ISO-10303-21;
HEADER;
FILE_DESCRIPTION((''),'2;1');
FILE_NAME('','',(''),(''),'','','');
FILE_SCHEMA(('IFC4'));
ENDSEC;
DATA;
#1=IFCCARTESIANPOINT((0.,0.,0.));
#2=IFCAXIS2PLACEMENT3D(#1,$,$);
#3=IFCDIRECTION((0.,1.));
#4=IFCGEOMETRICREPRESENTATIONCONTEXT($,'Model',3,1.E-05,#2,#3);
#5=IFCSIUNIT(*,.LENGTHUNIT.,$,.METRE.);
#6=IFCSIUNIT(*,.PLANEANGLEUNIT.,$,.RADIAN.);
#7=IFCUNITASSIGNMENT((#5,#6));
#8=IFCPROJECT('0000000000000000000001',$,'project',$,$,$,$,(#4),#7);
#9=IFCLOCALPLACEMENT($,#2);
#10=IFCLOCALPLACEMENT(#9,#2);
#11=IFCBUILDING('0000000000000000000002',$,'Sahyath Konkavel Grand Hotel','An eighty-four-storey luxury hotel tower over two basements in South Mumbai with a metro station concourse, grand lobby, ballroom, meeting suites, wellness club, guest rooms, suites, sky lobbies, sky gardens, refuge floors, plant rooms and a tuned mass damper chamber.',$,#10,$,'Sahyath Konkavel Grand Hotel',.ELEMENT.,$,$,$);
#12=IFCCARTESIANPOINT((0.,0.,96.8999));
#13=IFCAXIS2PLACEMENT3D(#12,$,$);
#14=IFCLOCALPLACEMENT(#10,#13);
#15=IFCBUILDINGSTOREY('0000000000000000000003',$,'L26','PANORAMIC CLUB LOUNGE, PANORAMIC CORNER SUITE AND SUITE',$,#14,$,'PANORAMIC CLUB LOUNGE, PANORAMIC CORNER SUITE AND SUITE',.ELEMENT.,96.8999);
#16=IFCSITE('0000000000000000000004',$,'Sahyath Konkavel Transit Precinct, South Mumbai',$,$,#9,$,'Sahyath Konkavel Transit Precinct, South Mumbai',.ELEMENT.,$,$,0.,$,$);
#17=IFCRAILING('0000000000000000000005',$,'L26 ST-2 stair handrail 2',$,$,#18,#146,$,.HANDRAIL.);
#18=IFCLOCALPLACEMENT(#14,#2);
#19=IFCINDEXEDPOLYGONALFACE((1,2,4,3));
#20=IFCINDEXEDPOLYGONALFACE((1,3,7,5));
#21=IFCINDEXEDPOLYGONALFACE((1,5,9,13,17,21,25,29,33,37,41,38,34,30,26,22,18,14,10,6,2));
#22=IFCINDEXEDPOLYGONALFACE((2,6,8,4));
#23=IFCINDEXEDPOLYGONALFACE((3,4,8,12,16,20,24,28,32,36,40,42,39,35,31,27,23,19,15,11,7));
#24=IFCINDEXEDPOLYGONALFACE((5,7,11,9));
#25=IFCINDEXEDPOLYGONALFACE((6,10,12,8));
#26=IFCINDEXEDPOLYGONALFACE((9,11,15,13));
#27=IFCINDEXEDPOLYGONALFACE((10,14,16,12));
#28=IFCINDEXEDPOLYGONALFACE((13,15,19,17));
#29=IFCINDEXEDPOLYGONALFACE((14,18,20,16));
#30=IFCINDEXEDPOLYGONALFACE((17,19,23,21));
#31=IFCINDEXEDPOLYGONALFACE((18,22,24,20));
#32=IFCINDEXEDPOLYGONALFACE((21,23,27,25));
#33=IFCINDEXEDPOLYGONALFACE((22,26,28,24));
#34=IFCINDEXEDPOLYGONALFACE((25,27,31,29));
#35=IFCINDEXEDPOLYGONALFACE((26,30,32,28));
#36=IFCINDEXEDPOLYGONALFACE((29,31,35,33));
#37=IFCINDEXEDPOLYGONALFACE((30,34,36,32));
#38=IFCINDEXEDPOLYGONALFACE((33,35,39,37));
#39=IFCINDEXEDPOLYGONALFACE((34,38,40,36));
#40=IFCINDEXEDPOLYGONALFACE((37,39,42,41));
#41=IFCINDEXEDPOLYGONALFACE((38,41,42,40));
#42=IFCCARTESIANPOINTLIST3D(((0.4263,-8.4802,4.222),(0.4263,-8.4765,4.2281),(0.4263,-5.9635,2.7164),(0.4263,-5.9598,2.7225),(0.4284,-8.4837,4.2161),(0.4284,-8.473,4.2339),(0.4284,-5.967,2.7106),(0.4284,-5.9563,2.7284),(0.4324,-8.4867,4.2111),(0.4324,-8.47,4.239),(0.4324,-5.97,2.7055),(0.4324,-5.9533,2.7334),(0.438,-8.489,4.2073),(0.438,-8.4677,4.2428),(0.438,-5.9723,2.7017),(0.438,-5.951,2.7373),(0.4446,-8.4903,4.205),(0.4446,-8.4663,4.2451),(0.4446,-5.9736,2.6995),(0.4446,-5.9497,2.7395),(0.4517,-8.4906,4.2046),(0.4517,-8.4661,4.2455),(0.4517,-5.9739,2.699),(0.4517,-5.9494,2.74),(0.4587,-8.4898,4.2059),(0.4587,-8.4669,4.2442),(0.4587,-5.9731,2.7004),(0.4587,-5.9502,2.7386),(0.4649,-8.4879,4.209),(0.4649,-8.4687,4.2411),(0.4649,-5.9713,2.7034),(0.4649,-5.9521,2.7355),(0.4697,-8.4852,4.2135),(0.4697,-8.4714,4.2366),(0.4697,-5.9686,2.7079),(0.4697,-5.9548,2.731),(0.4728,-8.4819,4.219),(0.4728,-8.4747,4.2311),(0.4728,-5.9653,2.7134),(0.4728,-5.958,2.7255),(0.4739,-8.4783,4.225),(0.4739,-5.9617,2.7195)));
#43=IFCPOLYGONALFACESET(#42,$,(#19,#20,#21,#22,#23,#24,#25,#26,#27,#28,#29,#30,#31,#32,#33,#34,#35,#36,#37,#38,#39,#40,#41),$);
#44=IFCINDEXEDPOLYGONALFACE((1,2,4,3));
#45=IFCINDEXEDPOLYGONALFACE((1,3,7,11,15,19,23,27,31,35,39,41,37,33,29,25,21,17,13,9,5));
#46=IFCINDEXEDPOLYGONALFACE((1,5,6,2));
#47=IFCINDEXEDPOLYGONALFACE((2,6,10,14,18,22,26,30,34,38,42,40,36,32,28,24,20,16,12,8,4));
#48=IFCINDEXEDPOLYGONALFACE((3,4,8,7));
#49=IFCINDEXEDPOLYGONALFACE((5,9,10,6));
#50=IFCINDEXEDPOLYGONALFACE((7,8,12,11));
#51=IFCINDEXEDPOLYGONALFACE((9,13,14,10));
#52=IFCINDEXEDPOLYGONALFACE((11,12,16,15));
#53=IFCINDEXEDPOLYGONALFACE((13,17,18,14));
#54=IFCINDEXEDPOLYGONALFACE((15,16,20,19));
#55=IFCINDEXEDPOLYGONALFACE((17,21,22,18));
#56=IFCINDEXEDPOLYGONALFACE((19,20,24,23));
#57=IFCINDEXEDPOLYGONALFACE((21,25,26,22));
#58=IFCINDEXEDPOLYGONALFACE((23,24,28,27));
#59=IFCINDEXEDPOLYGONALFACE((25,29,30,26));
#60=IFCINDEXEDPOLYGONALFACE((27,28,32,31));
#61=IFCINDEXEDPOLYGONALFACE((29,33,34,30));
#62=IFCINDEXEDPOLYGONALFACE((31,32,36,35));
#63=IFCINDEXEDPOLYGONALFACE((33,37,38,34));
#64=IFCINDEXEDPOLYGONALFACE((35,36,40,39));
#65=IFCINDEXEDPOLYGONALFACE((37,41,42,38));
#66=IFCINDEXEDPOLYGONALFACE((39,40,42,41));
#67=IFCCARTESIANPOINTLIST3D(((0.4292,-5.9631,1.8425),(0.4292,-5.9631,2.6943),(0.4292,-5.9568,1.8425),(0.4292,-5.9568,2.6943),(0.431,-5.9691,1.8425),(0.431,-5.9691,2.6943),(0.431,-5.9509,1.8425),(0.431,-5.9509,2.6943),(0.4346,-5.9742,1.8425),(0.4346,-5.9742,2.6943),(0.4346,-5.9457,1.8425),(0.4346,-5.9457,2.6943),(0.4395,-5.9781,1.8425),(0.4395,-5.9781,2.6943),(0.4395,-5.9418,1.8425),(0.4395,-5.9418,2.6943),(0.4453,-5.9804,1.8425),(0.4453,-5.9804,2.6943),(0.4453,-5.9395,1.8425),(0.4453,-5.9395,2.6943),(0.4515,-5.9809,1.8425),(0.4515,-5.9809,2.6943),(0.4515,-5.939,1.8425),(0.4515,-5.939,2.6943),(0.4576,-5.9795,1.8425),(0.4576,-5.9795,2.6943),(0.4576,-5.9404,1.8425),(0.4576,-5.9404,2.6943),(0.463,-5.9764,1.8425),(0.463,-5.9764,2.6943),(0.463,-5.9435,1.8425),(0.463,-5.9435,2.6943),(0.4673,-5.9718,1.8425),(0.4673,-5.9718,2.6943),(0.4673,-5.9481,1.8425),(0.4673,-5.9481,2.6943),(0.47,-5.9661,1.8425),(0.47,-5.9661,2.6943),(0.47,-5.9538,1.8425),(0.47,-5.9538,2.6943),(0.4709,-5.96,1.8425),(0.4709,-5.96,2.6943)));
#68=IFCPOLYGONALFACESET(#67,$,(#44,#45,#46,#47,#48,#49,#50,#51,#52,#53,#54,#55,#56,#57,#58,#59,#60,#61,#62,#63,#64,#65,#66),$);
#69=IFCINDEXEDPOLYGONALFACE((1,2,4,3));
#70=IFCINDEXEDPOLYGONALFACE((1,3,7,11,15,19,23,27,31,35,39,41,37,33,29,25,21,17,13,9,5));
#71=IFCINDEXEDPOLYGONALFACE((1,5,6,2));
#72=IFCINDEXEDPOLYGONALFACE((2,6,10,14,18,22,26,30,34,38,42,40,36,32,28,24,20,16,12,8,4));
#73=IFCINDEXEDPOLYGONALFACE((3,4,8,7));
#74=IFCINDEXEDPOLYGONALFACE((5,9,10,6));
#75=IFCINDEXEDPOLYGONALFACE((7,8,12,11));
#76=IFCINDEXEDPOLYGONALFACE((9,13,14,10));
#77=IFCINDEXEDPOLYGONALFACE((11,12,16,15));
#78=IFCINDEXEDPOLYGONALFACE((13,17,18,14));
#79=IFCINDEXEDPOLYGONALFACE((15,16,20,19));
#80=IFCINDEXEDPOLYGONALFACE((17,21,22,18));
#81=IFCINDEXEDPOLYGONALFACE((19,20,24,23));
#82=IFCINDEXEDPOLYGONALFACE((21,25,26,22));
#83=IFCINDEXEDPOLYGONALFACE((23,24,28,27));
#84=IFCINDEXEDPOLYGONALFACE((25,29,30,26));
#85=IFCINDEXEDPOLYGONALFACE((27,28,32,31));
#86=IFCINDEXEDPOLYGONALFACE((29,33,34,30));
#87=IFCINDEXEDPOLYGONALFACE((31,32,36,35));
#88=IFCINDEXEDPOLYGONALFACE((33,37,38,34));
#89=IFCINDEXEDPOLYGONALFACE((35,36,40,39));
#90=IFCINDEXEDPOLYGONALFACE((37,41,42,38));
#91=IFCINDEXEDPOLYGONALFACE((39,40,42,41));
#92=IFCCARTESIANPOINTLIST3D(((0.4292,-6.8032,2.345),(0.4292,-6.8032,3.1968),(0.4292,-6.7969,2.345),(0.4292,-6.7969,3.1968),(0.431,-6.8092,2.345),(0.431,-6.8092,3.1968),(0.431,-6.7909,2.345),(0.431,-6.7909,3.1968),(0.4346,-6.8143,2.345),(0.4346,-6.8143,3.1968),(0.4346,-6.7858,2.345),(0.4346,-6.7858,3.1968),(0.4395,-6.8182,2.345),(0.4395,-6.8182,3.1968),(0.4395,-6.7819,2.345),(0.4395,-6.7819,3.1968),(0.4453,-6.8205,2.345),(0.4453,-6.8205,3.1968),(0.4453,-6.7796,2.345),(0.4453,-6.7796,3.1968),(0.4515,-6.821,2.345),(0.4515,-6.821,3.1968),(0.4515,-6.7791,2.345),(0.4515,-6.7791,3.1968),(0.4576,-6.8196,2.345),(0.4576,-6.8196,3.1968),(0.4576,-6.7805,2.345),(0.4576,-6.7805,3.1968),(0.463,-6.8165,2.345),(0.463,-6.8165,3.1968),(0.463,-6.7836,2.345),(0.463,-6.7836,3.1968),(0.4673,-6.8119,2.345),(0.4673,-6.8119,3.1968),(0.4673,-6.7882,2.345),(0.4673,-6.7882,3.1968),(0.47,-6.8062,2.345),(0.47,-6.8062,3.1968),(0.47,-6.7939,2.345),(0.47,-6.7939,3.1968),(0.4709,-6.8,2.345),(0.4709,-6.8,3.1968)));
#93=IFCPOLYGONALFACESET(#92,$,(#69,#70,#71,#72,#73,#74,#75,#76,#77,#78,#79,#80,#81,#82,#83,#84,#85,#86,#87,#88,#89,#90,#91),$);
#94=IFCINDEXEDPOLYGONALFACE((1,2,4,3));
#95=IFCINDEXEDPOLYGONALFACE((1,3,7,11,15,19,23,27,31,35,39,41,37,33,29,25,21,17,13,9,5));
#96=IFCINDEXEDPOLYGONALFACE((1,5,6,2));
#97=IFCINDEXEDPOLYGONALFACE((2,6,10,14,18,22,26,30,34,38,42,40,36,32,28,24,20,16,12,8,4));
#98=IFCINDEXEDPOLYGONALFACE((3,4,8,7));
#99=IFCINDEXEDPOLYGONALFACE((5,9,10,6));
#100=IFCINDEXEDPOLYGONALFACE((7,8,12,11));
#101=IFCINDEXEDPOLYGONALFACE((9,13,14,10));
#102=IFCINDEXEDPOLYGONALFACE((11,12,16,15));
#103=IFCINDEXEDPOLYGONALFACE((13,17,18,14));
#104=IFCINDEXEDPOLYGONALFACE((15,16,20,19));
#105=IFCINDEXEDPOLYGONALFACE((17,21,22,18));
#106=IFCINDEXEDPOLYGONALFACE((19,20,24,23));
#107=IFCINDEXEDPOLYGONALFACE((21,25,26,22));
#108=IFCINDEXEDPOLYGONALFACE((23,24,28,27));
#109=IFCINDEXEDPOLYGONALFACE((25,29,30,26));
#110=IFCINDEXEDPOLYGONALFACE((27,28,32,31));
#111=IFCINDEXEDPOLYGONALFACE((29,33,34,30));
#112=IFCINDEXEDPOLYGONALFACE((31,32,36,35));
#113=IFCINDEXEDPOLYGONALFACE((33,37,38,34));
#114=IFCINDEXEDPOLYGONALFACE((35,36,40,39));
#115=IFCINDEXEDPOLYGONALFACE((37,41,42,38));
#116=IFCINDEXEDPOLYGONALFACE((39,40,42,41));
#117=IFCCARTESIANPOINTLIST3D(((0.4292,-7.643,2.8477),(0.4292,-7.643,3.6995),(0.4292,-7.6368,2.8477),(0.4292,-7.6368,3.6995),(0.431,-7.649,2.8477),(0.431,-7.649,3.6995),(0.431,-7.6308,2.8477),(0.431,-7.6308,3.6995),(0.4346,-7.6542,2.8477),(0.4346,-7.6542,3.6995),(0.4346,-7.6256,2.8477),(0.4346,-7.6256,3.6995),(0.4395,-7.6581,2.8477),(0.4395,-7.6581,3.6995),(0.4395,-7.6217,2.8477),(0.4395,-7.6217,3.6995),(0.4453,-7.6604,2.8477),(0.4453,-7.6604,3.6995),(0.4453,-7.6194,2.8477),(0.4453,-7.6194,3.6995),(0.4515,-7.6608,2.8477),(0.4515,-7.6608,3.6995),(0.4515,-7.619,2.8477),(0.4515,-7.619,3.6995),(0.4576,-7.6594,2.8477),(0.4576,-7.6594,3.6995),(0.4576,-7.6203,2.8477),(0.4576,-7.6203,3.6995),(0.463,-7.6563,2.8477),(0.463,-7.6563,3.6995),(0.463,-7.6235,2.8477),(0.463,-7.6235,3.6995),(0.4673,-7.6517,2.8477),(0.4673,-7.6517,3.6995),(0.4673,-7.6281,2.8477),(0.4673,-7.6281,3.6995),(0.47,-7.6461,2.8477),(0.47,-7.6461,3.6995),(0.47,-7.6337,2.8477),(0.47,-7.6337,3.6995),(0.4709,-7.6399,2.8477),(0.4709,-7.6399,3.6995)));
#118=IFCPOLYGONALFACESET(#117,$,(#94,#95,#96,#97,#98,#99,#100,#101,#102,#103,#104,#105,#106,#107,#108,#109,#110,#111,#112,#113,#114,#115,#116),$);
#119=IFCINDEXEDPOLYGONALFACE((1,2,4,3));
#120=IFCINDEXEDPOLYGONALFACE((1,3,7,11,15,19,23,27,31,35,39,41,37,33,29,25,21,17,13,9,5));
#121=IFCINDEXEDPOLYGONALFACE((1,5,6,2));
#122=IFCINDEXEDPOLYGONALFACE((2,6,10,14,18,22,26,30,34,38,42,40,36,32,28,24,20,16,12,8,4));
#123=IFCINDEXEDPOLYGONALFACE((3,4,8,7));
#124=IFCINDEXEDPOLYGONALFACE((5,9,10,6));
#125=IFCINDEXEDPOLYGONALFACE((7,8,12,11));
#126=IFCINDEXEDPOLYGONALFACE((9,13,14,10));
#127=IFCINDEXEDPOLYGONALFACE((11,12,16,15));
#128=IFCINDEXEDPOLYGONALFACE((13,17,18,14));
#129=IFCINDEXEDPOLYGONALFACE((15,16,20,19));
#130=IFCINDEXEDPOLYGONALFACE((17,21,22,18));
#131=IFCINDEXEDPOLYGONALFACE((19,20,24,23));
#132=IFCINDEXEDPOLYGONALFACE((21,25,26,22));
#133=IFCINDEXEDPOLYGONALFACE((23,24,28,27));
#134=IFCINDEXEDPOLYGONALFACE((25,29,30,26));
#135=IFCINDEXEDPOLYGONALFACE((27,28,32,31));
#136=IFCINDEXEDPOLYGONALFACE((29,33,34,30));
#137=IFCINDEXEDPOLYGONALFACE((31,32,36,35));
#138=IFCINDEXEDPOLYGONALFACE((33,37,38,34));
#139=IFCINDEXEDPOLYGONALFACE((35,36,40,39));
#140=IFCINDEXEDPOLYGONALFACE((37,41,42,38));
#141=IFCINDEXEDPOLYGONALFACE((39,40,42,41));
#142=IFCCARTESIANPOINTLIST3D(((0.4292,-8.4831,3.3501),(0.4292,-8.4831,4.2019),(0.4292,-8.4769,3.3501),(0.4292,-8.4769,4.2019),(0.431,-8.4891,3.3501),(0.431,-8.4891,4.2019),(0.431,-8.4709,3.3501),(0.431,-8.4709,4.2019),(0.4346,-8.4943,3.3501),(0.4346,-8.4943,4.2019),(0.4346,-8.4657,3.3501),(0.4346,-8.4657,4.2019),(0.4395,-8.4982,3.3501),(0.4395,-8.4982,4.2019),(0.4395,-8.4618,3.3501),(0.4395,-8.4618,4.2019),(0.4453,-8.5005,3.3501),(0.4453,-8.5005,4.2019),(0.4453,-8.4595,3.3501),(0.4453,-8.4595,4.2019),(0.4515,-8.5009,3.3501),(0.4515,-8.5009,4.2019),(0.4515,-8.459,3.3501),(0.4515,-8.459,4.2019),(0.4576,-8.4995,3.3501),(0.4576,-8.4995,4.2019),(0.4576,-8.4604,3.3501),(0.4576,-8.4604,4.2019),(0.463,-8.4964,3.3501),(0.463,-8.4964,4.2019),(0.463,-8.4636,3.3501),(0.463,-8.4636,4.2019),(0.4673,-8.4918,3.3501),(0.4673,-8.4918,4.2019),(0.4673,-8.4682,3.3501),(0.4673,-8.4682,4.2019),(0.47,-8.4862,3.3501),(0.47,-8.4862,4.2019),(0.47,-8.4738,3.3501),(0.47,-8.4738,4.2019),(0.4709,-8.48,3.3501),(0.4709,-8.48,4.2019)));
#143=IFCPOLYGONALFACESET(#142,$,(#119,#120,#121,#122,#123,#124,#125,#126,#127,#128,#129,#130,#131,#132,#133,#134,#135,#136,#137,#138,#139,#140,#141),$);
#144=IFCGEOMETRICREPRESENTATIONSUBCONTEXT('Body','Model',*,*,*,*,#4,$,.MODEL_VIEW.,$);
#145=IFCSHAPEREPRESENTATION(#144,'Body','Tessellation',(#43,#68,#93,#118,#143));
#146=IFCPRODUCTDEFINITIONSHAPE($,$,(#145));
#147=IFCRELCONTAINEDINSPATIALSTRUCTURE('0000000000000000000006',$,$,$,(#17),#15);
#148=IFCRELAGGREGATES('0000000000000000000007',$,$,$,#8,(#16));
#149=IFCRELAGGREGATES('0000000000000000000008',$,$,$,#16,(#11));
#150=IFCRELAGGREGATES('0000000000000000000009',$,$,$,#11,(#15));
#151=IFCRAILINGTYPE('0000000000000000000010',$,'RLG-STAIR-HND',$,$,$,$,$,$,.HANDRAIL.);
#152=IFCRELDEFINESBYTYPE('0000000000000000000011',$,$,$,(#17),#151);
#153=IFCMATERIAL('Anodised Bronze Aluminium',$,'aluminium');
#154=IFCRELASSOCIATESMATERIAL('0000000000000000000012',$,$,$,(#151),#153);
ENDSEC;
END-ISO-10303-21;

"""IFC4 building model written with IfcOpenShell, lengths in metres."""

from ifc_helpers import new_model, si_unit, direction, frame, origin, origin_2d, place, context, subcontext, project, spatial, circle, extrude, material, type_object, element, save


model = new_model("IFC4")

# Units and contexts
model_context = context("Model", 3, precision=1e-05, world=origin(), true_north=direction((0.0, 1.0)))
body_context = subcontext(model_context, "Body", "Model", "MODEL_VIEW")
ifc_project = project(units=[si_unit("LENGTHUNIT", "METRE"), si_unit("PLANEANGLEUNIT", "RADIAN")], contexts=[model_context])

# Site, building, storey
site_placement = place(None, origin())
site = spatial("IfcSite", under=ifc_project, at=site_placement, Name="Sahyath Konkavel Transit Precinct, South Mumbai", LongName="Sahyath Konkavel Transit Precinct, South Mumbai", CompositionType="ELEMENT", RefElevation=0.0)
building_placement = place(site_placement, origin())
building = spatial("IfcBuilding", under=site, at=building_placement, Name="Sahyath Konkavel Grand Hotel", Description="An eighty-four-storey luxury hotel tower over two basements in South Mumbai with a metro station concourse, grand lobby, ballroom, meeting suites, wellness club, guest rooms, suites, sky lobbies, sky gardens, refuge floors, plant rooms and a tuned mass damper chamber.", LongName="Sahyath Konkavel Grand Hotel", CompositionType="ELEMENT")
storey_placement = place(building_placement, frame((0.0, 0.0, 96.8999)))
storey = spatial("IfcBuildingStorey", under=building, at=storey_placement, Name="L26", Description="PANORAMIC CLUB LOUNGE, PANORAMIC CORNER SUITE AND SUITE", LongName="PANORAMIC CLUB LOUNGE, PANORAMIC CORNER SUITE AND SUITE", CompositionType="ELEMENT", Elevation=96.8999)

# Shared definitions
ifc_material_1 = material(Name="Anodised Bronze Aluminium", Category="aluminium")

# Railing
railing_type_1 = type_object("IfcRailingType", Name="RLG-STAIR-HND", PredefinedType="HANDRAIL", material=ifc_material_1)
railing_1_placement = place(storey_placement, frame((0.45, -5.96, 1.8425)))
element("IfcRailing", 1, at=railing_1_placement, inside=storey, type_object=railing_type_1, Name="L26 ST-2 stair handrail 2", PredefinedType="HANDRAIL", context=body_context, shape_type="SweptSolid", body=[
    extrude(circle(Radius=0.0239, at=origin_2d()), frame((0.0, -0.0017, 0.877), z_axis=(0.0, -0.85816, 0.513383), x_axis=(1.0, 0.0, 0.0)), (0.0, 0.0, 1.0), 2.9326),
    extrude(circle(Radius=0.021, at=origin_2d()), origin(), (0.0, 0.0, 1.0), 0.8518),
    extrude(circle(Radius=0.021, at=origin_2d()), frame((0.0, -0.8401, 0.5024)), (0.0, 0.0, 1.0), 0.8518),
    extrude(circle(Radius=0.021, at=origin_2d()), frame((0.0, -1.6799, 1.0051)), (0.0, 0.0, 1.0), 0.8518),
    extrude(circle(Radius=0.021, at=origin_2d()), frame((0.0, -2.52, 1.5076)), (0.0, 0.0, 1.0), 0.8518),
])

save(model, "model.ifc")
